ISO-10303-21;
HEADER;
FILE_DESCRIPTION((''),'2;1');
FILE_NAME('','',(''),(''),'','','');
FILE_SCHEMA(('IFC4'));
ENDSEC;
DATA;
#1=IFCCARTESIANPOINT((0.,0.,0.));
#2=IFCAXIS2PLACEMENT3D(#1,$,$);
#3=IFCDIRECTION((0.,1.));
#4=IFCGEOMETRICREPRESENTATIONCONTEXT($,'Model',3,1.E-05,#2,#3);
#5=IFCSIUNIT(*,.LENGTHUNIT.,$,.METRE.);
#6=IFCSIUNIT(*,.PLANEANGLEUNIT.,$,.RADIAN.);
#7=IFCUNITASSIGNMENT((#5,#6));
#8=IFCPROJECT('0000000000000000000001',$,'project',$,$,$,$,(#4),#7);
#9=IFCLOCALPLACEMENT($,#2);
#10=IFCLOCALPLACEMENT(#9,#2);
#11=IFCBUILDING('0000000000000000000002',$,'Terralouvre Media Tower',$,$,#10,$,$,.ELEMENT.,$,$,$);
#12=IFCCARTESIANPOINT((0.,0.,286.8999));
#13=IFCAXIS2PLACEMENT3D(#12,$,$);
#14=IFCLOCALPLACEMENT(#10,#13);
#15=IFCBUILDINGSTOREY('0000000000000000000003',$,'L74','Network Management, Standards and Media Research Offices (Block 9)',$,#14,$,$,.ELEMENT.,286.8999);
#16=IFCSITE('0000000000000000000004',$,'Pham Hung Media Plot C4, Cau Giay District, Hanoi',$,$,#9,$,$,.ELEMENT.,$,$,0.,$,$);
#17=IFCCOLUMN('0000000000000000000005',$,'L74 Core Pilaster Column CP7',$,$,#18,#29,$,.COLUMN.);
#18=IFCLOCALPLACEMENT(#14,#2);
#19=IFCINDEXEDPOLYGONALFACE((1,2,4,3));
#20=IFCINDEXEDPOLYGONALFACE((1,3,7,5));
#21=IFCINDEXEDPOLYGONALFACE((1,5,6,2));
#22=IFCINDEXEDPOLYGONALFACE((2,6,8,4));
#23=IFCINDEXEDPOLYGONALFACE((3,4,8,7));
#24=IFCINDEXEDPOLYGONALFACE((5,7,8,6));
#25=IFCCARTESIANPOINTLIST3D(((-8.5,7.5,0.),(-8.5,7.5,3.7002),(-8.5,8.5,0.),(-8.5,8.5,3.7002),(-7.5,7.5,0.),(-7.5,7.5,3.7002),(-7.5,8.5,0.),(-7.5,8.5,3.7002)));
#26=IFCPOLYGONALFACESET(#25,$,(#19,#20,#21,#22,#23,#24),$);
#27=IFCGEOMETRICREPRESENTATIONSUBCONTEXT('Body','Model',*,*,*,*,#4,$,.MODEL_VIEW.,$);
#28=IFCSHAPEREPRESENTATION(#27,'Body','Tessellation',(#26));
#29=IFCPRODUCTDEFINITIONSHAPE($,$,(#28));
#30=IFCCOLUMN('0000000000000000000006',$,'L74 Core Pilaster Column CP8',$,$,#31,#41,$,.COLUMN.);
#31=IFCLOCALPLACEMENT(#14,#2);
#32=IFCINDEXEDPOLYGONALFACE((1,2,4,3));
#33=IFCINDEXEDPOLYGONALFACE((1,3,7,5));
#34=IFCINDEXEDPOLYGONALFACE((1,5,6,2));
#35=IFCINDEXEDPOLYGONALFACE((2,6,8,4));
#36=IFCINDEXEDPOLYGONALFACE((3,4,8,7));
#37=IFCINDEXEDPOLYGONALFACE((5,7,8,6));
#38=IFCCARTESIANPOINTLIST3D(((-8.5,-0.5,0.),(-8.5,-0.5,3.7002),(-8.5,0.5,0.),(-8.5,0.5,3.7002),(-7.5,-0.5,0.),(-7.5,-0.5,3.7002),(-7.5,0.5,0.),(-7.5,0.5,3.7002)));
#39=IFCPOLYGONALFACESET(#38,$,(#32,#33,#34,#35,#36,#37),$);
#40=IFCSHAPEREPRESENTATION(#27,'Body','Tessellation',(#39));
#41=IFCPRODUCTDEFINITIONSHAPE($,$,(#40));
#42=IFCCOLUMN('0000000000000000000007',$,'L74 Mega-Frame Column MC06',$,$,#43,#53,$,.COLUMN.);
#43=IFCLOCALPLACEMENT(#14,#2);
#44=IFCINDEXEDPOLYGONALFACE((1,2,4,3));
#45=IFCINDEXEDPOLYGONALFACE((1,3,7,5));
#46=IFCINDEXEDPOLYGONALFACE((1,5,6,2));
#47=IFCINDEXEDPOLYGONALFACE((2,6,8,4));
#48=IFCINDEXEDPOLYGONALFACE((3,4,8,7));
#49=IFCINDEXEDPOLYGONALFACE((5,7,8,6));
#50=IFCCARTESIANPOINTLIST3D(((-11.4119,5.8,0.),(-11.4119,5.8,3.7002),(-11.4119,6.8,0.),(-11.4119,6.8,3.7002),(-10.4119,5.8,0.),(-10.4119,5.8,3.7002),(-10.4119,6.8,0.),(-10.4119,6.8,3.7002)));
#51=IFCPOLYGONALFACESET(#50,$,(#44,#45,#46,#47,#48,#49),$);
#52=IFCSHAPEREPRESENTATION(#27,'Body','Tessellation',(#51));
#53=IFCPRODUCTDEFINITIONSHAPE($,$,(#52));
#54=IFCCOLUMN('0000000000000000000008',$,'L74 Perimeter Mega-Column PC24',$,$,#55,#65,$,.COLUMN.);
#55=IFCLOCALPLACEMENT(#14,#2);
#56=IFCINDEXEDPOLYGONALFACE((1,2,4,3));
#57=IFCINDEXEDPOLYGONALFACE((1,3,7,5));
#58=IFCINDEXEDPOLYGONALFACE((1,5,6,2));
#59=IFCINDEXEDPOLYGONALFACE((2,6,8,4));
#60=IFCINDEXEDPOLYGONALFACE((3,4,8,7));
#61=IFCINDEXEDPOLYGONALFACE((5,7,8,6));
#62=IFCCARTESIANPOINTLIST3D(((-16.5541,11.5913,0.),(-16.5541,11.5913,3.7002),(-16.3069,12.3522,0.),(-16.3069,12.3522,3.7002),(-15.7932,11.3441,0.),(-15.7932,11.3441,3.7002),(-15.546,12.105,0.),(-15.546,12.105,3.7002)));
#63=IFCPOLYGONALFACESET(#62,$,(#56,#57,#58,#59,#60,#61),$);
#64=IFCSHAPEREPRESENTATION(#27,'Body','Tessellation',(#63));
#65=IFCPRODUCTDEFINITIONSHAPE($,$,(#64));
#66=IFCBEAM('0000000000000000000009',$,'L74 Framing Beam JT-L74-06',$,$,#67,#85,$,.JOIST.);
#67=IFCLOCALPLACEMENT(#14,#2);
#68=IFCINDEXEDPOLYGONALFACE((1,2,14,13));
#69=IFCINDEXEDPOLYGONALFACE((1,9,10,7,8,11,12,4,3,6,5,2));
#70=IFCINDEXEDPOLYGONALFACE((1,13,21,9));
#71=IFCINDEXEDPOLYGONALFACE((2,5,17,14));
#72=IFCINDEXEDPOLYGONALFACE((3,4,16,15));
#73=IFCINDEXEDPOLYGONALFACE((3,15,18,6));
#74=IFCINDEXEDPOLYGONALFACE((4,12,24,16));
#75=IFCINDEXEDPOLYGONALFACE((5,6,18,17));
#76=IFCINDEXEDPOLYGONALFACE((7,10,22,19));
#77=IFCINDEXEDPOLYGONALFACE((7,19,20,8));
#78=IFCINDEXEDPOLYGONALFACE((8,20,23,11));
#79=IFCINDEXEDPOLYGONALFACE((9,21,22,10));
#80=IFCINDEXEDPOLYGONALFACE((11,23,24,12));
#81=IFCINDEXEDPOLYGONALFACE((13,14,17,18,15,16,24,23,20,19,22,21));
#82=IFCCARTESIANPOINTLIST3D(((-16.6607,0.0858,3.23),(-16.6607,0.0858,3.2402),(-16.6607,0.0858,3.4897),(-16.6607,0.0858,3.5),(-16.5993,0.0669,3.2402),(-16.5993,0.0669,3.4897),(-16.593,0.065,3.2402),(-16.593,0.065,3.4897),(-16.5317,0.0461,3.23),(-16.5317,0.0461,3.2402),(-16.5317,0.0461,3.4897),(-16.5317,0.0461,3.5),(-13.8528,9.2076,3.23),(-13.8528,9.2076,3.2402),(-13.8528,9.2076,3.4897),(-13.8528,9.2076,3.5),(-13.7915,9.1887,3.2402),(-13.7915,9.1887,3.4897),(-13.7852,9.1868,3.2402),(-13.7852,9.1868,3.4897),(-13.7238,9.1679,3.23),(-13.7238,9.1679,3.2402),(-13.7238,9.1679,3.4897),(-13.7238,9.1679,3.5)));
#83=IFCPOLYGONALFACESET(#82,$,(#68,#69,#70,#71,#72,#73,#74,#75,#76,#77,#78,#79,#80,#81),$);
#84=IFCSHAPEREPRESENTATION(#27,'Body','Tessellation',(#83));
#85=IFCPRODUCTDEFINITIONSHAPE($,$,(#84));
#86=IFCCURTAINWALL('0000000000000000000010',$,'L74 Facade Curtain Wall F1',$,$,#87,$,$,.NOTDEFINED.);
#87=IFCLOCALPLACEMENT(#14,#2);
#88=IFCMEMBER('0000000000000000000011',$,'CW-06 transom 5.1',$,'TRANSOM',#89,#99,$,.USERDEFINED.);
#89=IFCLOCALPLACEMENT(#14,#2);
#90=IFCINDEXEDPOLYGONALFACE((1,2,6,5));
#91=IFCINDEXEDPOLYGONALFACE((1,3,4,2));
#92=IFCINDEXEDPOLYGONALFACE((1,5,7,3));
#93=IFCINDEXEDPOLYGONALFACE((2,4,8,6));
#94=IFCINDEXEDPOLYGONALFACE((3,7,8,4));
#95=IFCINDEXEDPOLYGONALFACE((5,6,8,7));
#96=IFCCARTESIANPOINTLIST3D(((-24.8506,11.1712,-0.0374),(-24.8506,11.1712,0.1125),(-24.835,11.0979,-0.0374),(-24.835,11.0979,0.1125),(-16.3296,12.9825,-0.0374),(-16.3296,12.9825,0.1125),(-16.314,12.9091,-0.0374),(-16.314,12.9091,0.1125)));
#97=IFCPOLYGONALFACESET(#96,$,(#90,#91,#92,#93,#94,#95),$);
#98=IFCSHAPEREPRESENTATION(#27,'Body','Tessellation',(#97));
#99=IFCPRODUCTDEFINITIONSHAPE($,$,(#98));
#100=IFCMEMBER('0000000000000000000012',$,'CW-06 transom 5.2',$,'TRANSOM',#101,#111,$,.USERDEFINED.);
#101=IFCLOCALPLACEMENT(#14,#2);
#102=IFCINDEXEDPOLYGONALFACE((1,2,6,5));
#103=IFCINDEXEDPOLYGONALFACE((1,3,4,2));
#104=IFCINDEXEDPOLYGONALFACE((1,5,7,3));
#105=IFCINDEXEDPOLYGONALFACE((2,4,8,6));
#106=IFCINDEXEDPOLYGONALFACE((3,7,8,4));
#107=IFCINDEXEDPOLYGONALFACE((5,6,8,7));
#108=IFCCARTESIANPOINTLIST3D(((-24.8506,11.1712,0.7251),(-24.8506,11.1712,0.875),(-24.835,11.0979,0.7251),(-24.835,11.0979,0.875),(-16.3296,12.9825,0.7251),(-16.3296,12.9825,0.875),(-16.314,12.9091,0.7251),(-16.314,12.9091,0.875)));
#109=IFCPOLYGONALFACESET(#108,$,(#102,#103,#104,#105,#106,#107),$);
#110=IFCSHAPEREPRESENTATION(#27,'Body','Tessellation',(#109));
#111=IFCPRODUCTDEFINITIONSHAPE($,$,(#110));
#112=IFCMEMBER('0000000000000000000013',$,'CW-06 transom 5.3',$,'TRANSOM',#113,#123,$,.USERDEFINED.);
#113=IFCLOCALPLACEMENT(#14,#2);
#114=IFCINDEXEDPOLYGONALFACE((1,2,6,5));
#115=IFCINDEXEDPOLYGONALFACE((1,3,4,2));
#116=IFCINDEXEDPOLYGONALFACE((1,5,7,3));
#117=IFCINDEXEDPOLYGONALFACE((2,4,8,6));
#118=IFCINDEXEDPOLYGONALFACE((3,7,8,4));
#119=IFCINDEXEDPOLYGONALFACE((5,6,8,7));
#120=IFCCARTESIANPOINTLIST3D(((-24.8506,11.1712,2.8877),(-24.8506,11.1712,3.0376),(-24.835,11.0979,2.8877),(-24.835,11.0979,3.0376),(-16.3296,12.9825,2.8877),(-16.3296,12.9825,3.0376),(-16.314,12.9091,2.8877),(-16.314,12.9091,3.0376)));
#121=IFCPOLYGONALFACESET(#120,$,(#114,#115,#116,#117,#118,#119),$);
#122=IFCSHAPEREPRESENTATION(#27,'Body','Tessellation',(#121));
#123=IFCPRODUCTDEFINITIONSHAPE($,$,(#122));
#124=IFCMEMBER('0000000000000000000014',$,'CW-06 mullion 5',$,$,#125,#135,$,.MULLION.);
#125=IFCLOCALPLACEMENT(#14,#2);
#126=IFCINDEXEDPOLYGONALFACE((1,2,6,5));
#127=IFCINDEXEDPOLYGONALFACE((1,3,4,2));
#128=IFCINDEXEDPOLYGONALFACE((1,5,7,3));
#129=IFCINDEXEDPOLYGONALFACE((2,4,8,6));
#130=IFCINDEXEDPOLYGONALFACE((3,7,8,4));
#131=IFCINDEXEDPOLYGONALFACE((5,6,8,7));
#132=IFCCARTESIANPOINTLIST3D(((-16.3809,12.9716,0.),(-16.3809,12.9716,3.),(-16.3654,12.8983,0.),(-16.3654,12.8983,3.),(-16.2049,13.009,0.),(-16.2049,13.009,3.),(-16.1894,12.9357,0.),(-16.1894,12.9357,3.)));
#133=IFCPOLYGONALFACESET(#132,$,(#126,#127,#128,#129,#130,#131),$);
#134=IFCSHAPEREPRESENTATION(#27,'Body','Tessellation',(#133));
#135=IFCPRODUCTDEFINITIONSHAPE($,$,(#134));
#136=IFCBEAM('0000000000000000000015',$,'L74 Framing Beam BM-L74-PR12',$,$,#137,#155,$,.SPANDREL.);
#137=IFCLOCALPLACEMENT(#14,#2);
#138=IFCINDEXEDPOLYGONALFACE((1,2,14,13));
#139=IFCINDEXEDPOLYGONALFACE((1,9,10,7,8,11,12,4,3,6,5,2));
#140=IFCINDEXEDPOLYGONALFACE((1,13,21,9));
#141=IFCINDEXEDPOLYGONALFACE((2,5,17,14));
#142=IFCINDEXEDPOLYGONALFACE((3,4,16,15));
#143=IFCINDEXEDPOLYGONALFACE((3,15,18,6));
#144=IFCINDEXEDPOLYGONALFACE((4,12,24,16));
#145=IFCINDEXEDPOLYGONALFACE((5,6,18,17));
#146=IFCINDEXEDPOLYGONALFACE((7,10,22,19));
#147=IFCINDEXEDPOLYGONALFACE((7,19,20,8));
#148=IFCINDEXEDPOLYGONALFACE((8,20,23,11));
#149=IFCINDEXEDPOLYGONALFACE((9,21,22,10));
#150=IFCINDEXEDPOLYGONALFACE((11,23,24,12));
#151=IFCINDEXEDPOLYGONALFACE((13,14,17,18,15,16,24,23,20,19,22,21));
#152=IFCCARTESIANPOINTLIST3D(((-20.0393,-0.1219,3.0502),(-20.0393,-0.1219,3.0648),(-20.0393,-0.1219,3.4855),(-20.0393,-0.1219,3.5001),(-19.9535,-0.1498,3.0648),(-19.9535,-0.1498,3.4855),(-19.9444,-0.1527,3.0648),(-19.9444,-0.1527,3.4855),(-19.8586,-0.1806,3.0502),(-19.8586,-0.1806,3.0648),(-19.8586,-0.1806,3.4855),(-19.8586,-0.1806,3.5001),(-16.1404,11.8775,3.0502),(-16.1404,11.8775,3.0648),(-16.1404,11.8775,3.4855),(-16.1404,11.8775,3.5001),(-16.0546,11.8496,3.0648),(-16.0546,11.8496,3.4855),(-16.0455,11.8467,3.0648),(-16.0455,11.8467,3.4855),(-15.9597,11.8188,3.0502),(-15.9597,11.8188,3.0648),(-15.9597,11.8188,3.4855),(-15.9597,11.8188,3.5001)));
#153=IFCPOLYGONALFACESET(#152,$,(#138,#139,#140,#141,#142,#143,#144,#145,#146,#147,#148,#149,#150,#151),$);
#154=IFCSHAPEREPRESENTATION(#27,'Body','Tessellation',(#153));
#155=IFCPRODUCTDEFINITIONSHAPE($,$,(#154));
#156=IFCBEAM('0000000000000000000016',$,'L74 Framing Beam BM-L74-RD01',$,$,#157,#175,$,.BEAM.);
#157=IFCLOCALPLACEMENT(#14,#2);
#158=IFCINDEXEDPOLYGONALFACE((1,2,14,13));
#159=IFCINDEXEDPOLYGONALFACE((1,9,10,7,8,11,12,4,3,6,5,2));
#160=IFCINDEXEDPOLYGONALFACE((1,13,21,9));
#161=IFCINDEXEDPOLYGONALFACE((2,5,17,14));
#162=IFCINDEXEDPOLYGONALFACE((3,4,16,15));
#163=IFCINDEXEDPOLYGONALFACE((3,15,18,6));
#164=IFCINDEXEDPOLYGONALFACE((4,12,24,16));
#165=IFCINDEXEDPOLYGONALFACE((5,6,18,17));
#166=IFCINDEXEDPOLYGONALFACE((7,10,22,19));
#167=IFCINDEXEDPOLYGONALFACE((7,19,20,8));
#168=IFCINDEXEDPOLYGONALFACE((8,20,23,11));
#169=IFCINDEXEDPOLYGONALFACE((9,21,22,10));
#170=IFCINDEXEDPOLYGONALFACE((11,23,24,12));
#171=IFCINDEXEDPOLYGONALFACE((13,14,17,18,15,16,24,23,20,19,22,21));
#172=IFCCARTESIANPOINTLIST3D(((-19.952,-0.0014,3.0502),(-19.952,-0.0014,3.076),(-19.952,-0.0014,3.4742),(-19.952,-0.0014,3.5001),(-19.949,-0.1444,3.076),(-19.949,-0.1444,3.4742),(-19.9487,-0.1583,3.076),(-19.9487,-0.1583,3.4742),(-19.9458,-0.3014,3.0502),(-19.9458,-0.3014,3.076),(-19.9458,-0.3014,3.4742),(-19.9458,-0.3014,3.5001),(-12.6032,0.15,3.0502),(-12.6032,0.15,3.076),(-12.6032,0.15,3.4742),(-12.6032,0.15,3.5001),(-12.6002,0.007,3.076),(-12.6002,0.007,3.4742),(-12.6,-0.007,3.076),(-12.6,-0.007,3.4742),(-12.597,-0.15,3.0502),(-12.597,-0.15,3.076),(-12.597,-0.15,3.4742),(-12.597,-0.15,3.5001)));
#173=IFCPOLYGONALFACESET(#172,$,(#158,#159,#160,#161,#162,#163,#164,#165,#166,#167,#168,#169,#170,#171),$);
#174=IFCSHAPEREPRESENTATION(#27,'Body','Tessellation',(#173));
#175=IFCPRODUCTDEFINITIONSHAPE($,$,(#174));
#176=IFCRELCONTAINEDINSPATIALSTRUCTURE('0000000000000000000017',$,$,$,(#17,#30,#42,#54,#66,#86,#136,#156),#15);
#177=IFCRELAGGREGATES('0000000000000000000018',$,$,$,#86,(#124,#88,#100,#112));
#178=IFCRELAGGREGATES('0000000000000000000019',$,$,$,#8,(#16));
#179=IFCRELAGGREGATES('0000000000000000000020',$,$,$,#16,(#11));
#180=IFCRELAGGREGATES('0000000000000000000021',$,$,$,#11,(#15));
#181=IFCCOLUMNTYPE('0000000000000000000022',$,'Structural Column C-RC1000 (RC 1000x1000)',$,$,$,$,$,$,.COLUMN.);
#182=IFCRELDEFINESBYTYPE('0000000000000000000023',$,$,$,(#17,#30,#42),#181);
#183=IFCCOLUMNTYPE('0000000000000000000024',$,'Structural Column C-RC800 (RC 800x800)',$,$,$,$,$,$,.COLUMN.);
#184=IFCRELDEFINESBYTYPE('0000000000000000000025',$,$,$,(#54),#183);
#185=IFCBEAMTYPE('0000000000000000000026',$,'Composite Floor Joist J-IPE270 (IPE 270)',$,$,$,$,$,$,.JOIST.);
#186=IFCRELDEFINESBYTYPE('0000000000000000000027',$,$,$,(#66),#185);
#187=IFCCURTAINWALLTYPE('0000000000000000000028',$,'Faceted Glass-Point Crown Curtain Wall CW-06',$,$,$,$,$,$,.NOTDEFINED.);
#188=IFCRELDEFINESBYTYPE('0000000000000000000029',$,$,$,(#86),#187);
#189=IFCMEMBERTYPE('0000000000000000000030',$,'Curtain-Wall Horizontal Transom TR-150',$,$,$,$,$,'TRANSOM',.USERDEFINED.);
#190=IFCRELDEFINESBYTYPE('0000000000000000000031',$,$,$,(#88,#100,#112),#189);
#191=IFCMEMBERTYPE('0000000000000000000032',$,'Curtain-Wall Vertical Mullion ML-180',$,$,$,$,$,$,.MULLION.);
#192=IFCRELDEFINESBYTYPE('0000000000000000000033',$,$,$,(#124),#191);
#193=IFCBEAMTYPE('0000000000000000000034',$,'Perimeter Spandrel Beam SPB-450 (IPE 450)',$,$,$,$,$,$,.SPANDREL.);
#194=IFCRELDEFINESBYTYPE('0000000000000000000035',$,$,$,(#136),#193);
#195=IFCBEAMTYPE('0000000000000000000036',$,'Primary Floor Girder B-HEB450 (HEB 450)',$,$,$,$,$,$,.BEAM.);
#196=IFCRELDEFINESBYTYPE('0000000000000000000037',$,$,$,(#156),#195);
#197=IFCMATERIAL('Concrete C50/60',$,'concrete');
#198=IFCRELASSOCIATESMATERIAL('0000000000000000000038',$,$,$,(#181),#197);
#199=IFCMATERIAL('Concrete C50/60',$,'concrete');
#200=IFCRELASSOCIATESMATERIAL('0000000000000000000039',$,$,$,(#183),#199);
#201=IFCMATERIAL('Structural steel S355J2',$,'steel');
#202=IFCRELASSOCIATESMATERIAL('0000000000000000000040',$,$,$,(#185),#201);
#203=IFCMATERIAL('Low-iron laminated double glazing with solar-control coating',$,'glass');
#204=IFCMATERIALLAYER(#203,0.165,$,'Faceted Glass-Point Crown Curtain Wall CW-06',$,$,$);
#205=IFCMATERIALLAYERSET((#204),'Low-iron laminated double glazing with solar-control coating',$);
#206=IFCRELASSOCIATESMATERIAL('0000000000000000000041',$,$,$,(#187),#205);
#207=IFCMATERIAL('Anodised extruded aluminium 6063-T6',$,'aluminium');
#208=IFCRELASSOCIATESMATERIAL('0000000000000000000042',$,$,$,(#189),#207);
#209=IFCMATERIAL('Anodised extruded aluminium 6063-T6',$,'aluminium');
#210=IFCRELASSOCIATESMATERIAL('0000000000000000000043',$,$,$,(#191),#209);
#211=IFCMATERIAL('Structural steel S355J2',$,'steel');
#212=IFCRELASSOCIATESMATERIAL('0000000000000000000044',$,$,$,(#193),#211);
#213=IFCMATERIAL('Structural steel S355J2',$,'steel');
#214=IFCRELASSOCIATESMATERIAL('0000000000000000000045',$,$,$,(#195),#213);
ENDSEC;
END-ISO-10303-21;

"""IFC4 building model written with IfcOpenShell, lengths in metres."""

from ifc_helpers import new_model, si_unit, direction, frame, origin, origin_2d, place, context, subcontext, project, spatial, rectangle, i_section, extrude, material, layer, layer_set, material_profile, profile_set, type_object, element, aggregate, save


model = new_model("IFC4")

# Units and contexts
model_context = context("Model", 3, precision=1e-05, world=origin(), true_north=direction((0.0, 1.0)))
body_context = subcontext(model_context, "Body", "Model", "MODEL_VIEW")
ifc_project = project(units=[si_unit("LENGTHUNIT", "METRE"), si_unit("PLANEANGLEUNIT", "RADIAN")], contexts=[model_context])

# Site, building, storey
site_placement = place(None, origin())
site = spatial("IfcSite", under=ifc_project, at=site_placement, Name="Pham Hung Media Plot C4, Cau Giay District, Hanoi", CompositionType="ELEMENT", RefElevation=0.0)
building_placement = place(site_placement, origin())
building = spatial("IfcBuilding", under=site, at=building_placement, Name="Terralouvre Media Tower", CompositionType="ELEMENT")
storey_placement = place(building_placement, frame((0.0, 0.0, 286.8999)))
storey = spatial("IfcBuildingStorey", under=building, at=storey_placement, Name="L74", Description="Network Management, Standards and Media Research Offices (Block 9)", CompositionType="ELEMENT", Elevation=286.8999)

# Columns
ifc_material_1 = material(Name="Concrete C50/60", Category="concrete")
ifc_material_profile_1 = material_profile(ifc_material_1, rectangle(XDim=1.0, YDim=1.0, at=origin_2d()), Name="RC 1000x1000")
ifc_profile_set_1 = profile_set([ifc_material_profile_1], Name="Concrete C50/60")
column_type_1 = type_object("IfcColumnType", Name="Structural Column C-RC1000 (RC 1000x1000)", PredefinedType="COLUMN", material=ifc_profile_set_1)
for number, where, z_axis, x_axis, name in (
    (1, (-8.0, 8.0, 0.0), (0.0, 0.0, 1.0), (1.0, 0.0, 0.0), "L74 Core Pilaster Column CP7"),
    (2, (-8.0, 0.0, 0.0), (0.0, 0.0, 1.0), (1.0, 0.0, 0.0), "L74 Core Pilaster Column CP8"),
    (3, (-10.9119, 6.3, 0.0), (0.0, 0.0, 1.0), (1.0, 0.0, 0.0), "L74 Mega-Frame Column MC06"),
):
    element("IfcColumn", number, at=place(storey_placement, frame(where, z_axis=z_axis, x_axis=x_axis)), inside=storey, type_object=column_type_1, Name=name, PredefinedType="COLUMN", context=body_context, shape_type="SweptSolid", body=[
        extrude(rectangle(XDim=1.0, YDim=1.0, at=origin_2d()), origin(), (0.0, 0.0, 1.0), 3.7002),
    ])
ifc_material_2 = material(Name="Concrete C50/60", Category="concrete")
ifc_material_profile_2 = material_profile(ifc_material_2, rectangle(XDim=0.8, YDim=0.8, at=origin_2d()), Name="RC 800x800")
ifc_profile_set_2 = profile_set([ifc_material_profile_2], Name="Concrete C50/60")
column_type_2 = type_object("IfcColumnType", Name="Structural Column C-RC800 (RC 800x800)", PredefinedType="COLUMN", material=ifc_profile_set_2)
column_placement = place(storey_placement, frame((-16.05, 11.8481, 0.0), z_axis=(0.0, 0.0, 1.0), x_axis=(0.309017, 0.951057, 0.0)))
element("IfcColumn", 4, at=column_placement, inside=storey, type_object=column_type_2, Name="L74 Perimeter Mega-Column PC24", PredefinedType="COLUMN", context=body_context, shape_type="SweptSolid", body=[
    extrude(rectangle(XDim=0.8, YDim=0.8, at=origin_2d()), origin(), (0.0, 0.0, 1.0), 3.7002),
])

# Beam
ifc_material_3 = material(Name="Structural steel S355J2", Category="steel")
ifc_material_profile_3 = material_profile(ifc_material_3, i_section(OverallWidth=0.135, OverallDepth=0.27, WebThickness=0.0066, FlangeThickness=0.0103, at=origin_2d()), Name="IPE 270")
ifc_profile_set_3 = profile_set([ifc_material_profile_3], Name="Structural steel S355J2")
beam_type_1 = type_object("IfcBeamType", Name="Composite Floor Joist J-IPE270 (IPE 270)", PredefinedType="JOIST", material=ifc_profile_set_3)
beam_1_placement = place(storey_placement, frame((-13.7883, 9.1877, 3.365), z_axis=(-0.294195, -0.955745, 0.0), x_axis=(0.955745, -0.294195, 0.0)))
element("IfcBeam", 5, at=beam_1_placement, inside=storey, type_object=beam_type_1, Name="L74 Framing Beam JT-L74-06", PredefinedType="JOIST", context=body_context, shape_type="SweptSolid", body=[
    extrude(i_section(OverallWidth=0.135, OverallDepth=0.27, WebThickness=0.0066, FlangeThickness=0.0103, at=origin_2d()), origin(), (0.0, 0.0, 1.0), 9.5442),
])

# Curtain wall, members
ifc_material_4 = material(Name="Low-iron laminated double glazing with solar-control coating", Category="glass")
ifc_layer_1 = layer(ifc_material_4, 0.165, Name="Faceted Glass-Point Crown Curtain Wall CW-06")
ifc_layer_set_1 = layer_set([ifc_layer_1], Name="Low-iron laminated double glazing with solar-control coating")
curtain_wall_type = type_object("IfcCurtainWallType", Name="Faceted Glass-Point Crown Curtain Wall CW-06", PredefinedType="NOTDEFINED", material=ifc_layer_set_1)
curtain_wall_placement = place(storey_placement, origin())
curtain_wall = element("IfcCurtainWall", 6, at=curtain_wall_placement, inside=storey, type_object=curtain_wall_type, Name="L74 Facade Curtain Wall F1", PredefinedType="NOTDEFINED")
ifc_material_5 = material(Name="Anodised extruded aluminium 6063-T6", Category="aluminium")
ifc_material_profile_4 = material_profile(ifc_material_5, rectangle(XDim=0.075, YDim=0.1499, at=origin_2d()), Name="ALU 75x150")
ifc_profile_set_4 = profile_set([ifc_material_profile_4], Name="Anodised extruded aluminium 6063-T6")
member_type_1 = type_object("IfcMemberType", Name="Curtain-Wall Horizontal Transom TR-150", ElementType="TRANSOM", PredefinedType="USERDEFINED", material=ifc_profile_set_4)
member_1_placement = place(storey_placement, frame((-16.3218, 12.9458, 0.0376), z_axis=(-0.978146, -0.207921, 0.0), x_axis=(0.207921, -0.978146, 0.0)))
member_1 = element("IfcMember", 7, at=member_1_placement, type_object=member_type_1, Name="CW-06 transom 5.1", ObjectType="TRANSOM", PredefinedType="USERDEFINED", context=body_context, shape_type="SweptSolid", body=[
    extrude(rectangle(XDim=0.075, YDim=0.1499, at=origin_2d()), origin(), (0.0, 0.0, 1.0), 8.7114),
])
member_2_placement = place(storey_placement, frame((-16.3218, 12.9458, 0.8), z_axis=(-0.978146, -0.207921, 0.0), x_axis=(0.207921, -0.978146, 0.0)))
member_2 = element("IfcMember", 8, at=member_2_placement, type_object=member_type_1, Name="CW-06 transom 5.2", ObjectType="TRANSOM", PredefinedType="USERDEFINED", context=body_context, shape_type="SweptSolid", body=[
    extrude(rectangle(XDim=0.075, YDim=0.1499, at=origin_2d()), origin(), (0.0, 0.0, 1.0), 8.7114),
])
member_3_placement = place(storey_placement, frame((-16.3218, 12.9458, 2.9626), z_axis=(-0.978146, -0.207921, 0.0), x_axis=(0.207921, -0.978146, 0.0)))
member_3 = element("IfcMember", 9, at=member_3_placement, type_object=member_type_1, Name="CW-06 transom 5.3", ObjectType="TRANSOM", PredefinedType="USERDEFINED", context=body_context, shape_type="SweptSolid", body=[
    extrude(rectangle(XDim=0.075, YDim=0.1499, at=origin_2d()), origin(), (0.0, 0.0, 1.0), 8.7114),
])
ifc_material_6 = material(Name="Anodised extruded aluminium 6063-T6", Category="aluminium")
ifc_material_profile_5 = material_profile(ifc_material_6, rectangle(XDim=0.075, YDim=0.1799, at=origin_2d()), Name="ALU 75x180")
ifc_profile_set_5 = profile_set([ifc_material_profile_5], Name="Anodised extruded aluminium 6063-T6")
member_type_2 = type_object("IfcMemberType", Name="Curtain-Wall Vertical Mullion ML-180", PredefinedType="MULLION", material=ifc_profile_set_5)
member_4_placement = place(storey_placement, frame((-16.2852, 12.9536, 0.0), z_axis=(0.0, 0.0, 1.0), x_axis=(0.207912, -0.978148, 0.0)))
member_4 = element("IfcMember", 10, at=member_4_placement, type_object=member_type_2, Name="CW-06 mullion 5", PredefinedType="MULLION", context=body_context, shape_type="SweptSolid", body=[
    extrude(rectangle(XDim=0.075, YDim=0.1799, at=origin_2d()), origin(), (0.0, 0.0, 1.0), 3.0),
])

# Beams
ifc_material_7 = material(Name="Structural steel S355J2", Category="steel")
ifc_material_profile_6 = material_profile(ifc_material_7, i_section(OverallWidth=0.1899, OverallDepth=0.45, WebThickness=0.0095, FlangeThickness=0.0146, at=origin_2d()), Name="IPE 450")
ifc_profile_set_6 = profile_set([ifc_material_profile_6], Name="Structural steel S355J2")
beam_type_2 = type_object("IfcBeamType", Name="Perimeter Spandrel Beam SPB-450 (IPE 450)", PredefinedType="SPANDREL", material=ifc_profile_set_6)
beam_2_placement = place(storey_placement, frame((-16.05, 11.8481, 3.2751), z_axis=(-0.30902, -0.951055, 0.0), x_axis=(0.951055, -0.30902, 0.0)))
element("IfcBeam", 11, at=beam_2_placement, inside=storey, type_object=beam_type_2, Name="L74 Framing Beam BM-L74-PR12", PredefinedType="SPANDREL", context=body_context, shape_type="SweptSolid", body=[
    extrude(i_section(OverallWidth=0.1899, OverallDepth=0.45, WebThickness=0.0095, FlangeThickness=0.0146, at=origin_2d()), origin(), (0.0, 0.0, 1.0), 12.6169),
])
ifc_material_8 = material(Name="Structural steel S355J2", Category="steel")
ifc_material_profile_7 = material_profile(ifc_material_8, i_section(OverallWidth=0.3, OverallDepth=0.45, WebThickness=0.0139, FlangeThickness=0.0259, at=origin_2d()), Name="HEB 450")
ifc_profile_set_7 = profile_set([ifc_material_profile_7], Name="Structural steel S355J2")
beam_type_3 = type_object("IfcBeamType", Name="Primary Floor Girder B-HEB450 (HEB 450)", PredefinedType="BEAM", material=ifc_profile_set_7)
beam_3_placement = place(storey_placement, frame((-12.6001, 0.0, 3.2751), z_axis=(-0.999788, -0.020593, 0.0), x_axis=(0.020593, -0.999788, 0.0)))
element("IfcBeam", 12, at=beam_3_placement, inside=storey, type_object=beam_type_3, Name="L74 Framing Beam BM-L74-RD01", PredefinedType="BEAM", context=body_context, shape_type="SweptSolid", body=[
    extrude(i_section(OverallWidth=0.3, OverallDepth=0.45, WebThickness=0.0139, FlangeThickness=0.0259, at=origin_2d()), origin(), (0.0, 0.0, 1.0), 7.3503),
])

aggregate(curtain_wall, [member_4, member_1, member_2, member_3])

save(model, "model.ifc")
